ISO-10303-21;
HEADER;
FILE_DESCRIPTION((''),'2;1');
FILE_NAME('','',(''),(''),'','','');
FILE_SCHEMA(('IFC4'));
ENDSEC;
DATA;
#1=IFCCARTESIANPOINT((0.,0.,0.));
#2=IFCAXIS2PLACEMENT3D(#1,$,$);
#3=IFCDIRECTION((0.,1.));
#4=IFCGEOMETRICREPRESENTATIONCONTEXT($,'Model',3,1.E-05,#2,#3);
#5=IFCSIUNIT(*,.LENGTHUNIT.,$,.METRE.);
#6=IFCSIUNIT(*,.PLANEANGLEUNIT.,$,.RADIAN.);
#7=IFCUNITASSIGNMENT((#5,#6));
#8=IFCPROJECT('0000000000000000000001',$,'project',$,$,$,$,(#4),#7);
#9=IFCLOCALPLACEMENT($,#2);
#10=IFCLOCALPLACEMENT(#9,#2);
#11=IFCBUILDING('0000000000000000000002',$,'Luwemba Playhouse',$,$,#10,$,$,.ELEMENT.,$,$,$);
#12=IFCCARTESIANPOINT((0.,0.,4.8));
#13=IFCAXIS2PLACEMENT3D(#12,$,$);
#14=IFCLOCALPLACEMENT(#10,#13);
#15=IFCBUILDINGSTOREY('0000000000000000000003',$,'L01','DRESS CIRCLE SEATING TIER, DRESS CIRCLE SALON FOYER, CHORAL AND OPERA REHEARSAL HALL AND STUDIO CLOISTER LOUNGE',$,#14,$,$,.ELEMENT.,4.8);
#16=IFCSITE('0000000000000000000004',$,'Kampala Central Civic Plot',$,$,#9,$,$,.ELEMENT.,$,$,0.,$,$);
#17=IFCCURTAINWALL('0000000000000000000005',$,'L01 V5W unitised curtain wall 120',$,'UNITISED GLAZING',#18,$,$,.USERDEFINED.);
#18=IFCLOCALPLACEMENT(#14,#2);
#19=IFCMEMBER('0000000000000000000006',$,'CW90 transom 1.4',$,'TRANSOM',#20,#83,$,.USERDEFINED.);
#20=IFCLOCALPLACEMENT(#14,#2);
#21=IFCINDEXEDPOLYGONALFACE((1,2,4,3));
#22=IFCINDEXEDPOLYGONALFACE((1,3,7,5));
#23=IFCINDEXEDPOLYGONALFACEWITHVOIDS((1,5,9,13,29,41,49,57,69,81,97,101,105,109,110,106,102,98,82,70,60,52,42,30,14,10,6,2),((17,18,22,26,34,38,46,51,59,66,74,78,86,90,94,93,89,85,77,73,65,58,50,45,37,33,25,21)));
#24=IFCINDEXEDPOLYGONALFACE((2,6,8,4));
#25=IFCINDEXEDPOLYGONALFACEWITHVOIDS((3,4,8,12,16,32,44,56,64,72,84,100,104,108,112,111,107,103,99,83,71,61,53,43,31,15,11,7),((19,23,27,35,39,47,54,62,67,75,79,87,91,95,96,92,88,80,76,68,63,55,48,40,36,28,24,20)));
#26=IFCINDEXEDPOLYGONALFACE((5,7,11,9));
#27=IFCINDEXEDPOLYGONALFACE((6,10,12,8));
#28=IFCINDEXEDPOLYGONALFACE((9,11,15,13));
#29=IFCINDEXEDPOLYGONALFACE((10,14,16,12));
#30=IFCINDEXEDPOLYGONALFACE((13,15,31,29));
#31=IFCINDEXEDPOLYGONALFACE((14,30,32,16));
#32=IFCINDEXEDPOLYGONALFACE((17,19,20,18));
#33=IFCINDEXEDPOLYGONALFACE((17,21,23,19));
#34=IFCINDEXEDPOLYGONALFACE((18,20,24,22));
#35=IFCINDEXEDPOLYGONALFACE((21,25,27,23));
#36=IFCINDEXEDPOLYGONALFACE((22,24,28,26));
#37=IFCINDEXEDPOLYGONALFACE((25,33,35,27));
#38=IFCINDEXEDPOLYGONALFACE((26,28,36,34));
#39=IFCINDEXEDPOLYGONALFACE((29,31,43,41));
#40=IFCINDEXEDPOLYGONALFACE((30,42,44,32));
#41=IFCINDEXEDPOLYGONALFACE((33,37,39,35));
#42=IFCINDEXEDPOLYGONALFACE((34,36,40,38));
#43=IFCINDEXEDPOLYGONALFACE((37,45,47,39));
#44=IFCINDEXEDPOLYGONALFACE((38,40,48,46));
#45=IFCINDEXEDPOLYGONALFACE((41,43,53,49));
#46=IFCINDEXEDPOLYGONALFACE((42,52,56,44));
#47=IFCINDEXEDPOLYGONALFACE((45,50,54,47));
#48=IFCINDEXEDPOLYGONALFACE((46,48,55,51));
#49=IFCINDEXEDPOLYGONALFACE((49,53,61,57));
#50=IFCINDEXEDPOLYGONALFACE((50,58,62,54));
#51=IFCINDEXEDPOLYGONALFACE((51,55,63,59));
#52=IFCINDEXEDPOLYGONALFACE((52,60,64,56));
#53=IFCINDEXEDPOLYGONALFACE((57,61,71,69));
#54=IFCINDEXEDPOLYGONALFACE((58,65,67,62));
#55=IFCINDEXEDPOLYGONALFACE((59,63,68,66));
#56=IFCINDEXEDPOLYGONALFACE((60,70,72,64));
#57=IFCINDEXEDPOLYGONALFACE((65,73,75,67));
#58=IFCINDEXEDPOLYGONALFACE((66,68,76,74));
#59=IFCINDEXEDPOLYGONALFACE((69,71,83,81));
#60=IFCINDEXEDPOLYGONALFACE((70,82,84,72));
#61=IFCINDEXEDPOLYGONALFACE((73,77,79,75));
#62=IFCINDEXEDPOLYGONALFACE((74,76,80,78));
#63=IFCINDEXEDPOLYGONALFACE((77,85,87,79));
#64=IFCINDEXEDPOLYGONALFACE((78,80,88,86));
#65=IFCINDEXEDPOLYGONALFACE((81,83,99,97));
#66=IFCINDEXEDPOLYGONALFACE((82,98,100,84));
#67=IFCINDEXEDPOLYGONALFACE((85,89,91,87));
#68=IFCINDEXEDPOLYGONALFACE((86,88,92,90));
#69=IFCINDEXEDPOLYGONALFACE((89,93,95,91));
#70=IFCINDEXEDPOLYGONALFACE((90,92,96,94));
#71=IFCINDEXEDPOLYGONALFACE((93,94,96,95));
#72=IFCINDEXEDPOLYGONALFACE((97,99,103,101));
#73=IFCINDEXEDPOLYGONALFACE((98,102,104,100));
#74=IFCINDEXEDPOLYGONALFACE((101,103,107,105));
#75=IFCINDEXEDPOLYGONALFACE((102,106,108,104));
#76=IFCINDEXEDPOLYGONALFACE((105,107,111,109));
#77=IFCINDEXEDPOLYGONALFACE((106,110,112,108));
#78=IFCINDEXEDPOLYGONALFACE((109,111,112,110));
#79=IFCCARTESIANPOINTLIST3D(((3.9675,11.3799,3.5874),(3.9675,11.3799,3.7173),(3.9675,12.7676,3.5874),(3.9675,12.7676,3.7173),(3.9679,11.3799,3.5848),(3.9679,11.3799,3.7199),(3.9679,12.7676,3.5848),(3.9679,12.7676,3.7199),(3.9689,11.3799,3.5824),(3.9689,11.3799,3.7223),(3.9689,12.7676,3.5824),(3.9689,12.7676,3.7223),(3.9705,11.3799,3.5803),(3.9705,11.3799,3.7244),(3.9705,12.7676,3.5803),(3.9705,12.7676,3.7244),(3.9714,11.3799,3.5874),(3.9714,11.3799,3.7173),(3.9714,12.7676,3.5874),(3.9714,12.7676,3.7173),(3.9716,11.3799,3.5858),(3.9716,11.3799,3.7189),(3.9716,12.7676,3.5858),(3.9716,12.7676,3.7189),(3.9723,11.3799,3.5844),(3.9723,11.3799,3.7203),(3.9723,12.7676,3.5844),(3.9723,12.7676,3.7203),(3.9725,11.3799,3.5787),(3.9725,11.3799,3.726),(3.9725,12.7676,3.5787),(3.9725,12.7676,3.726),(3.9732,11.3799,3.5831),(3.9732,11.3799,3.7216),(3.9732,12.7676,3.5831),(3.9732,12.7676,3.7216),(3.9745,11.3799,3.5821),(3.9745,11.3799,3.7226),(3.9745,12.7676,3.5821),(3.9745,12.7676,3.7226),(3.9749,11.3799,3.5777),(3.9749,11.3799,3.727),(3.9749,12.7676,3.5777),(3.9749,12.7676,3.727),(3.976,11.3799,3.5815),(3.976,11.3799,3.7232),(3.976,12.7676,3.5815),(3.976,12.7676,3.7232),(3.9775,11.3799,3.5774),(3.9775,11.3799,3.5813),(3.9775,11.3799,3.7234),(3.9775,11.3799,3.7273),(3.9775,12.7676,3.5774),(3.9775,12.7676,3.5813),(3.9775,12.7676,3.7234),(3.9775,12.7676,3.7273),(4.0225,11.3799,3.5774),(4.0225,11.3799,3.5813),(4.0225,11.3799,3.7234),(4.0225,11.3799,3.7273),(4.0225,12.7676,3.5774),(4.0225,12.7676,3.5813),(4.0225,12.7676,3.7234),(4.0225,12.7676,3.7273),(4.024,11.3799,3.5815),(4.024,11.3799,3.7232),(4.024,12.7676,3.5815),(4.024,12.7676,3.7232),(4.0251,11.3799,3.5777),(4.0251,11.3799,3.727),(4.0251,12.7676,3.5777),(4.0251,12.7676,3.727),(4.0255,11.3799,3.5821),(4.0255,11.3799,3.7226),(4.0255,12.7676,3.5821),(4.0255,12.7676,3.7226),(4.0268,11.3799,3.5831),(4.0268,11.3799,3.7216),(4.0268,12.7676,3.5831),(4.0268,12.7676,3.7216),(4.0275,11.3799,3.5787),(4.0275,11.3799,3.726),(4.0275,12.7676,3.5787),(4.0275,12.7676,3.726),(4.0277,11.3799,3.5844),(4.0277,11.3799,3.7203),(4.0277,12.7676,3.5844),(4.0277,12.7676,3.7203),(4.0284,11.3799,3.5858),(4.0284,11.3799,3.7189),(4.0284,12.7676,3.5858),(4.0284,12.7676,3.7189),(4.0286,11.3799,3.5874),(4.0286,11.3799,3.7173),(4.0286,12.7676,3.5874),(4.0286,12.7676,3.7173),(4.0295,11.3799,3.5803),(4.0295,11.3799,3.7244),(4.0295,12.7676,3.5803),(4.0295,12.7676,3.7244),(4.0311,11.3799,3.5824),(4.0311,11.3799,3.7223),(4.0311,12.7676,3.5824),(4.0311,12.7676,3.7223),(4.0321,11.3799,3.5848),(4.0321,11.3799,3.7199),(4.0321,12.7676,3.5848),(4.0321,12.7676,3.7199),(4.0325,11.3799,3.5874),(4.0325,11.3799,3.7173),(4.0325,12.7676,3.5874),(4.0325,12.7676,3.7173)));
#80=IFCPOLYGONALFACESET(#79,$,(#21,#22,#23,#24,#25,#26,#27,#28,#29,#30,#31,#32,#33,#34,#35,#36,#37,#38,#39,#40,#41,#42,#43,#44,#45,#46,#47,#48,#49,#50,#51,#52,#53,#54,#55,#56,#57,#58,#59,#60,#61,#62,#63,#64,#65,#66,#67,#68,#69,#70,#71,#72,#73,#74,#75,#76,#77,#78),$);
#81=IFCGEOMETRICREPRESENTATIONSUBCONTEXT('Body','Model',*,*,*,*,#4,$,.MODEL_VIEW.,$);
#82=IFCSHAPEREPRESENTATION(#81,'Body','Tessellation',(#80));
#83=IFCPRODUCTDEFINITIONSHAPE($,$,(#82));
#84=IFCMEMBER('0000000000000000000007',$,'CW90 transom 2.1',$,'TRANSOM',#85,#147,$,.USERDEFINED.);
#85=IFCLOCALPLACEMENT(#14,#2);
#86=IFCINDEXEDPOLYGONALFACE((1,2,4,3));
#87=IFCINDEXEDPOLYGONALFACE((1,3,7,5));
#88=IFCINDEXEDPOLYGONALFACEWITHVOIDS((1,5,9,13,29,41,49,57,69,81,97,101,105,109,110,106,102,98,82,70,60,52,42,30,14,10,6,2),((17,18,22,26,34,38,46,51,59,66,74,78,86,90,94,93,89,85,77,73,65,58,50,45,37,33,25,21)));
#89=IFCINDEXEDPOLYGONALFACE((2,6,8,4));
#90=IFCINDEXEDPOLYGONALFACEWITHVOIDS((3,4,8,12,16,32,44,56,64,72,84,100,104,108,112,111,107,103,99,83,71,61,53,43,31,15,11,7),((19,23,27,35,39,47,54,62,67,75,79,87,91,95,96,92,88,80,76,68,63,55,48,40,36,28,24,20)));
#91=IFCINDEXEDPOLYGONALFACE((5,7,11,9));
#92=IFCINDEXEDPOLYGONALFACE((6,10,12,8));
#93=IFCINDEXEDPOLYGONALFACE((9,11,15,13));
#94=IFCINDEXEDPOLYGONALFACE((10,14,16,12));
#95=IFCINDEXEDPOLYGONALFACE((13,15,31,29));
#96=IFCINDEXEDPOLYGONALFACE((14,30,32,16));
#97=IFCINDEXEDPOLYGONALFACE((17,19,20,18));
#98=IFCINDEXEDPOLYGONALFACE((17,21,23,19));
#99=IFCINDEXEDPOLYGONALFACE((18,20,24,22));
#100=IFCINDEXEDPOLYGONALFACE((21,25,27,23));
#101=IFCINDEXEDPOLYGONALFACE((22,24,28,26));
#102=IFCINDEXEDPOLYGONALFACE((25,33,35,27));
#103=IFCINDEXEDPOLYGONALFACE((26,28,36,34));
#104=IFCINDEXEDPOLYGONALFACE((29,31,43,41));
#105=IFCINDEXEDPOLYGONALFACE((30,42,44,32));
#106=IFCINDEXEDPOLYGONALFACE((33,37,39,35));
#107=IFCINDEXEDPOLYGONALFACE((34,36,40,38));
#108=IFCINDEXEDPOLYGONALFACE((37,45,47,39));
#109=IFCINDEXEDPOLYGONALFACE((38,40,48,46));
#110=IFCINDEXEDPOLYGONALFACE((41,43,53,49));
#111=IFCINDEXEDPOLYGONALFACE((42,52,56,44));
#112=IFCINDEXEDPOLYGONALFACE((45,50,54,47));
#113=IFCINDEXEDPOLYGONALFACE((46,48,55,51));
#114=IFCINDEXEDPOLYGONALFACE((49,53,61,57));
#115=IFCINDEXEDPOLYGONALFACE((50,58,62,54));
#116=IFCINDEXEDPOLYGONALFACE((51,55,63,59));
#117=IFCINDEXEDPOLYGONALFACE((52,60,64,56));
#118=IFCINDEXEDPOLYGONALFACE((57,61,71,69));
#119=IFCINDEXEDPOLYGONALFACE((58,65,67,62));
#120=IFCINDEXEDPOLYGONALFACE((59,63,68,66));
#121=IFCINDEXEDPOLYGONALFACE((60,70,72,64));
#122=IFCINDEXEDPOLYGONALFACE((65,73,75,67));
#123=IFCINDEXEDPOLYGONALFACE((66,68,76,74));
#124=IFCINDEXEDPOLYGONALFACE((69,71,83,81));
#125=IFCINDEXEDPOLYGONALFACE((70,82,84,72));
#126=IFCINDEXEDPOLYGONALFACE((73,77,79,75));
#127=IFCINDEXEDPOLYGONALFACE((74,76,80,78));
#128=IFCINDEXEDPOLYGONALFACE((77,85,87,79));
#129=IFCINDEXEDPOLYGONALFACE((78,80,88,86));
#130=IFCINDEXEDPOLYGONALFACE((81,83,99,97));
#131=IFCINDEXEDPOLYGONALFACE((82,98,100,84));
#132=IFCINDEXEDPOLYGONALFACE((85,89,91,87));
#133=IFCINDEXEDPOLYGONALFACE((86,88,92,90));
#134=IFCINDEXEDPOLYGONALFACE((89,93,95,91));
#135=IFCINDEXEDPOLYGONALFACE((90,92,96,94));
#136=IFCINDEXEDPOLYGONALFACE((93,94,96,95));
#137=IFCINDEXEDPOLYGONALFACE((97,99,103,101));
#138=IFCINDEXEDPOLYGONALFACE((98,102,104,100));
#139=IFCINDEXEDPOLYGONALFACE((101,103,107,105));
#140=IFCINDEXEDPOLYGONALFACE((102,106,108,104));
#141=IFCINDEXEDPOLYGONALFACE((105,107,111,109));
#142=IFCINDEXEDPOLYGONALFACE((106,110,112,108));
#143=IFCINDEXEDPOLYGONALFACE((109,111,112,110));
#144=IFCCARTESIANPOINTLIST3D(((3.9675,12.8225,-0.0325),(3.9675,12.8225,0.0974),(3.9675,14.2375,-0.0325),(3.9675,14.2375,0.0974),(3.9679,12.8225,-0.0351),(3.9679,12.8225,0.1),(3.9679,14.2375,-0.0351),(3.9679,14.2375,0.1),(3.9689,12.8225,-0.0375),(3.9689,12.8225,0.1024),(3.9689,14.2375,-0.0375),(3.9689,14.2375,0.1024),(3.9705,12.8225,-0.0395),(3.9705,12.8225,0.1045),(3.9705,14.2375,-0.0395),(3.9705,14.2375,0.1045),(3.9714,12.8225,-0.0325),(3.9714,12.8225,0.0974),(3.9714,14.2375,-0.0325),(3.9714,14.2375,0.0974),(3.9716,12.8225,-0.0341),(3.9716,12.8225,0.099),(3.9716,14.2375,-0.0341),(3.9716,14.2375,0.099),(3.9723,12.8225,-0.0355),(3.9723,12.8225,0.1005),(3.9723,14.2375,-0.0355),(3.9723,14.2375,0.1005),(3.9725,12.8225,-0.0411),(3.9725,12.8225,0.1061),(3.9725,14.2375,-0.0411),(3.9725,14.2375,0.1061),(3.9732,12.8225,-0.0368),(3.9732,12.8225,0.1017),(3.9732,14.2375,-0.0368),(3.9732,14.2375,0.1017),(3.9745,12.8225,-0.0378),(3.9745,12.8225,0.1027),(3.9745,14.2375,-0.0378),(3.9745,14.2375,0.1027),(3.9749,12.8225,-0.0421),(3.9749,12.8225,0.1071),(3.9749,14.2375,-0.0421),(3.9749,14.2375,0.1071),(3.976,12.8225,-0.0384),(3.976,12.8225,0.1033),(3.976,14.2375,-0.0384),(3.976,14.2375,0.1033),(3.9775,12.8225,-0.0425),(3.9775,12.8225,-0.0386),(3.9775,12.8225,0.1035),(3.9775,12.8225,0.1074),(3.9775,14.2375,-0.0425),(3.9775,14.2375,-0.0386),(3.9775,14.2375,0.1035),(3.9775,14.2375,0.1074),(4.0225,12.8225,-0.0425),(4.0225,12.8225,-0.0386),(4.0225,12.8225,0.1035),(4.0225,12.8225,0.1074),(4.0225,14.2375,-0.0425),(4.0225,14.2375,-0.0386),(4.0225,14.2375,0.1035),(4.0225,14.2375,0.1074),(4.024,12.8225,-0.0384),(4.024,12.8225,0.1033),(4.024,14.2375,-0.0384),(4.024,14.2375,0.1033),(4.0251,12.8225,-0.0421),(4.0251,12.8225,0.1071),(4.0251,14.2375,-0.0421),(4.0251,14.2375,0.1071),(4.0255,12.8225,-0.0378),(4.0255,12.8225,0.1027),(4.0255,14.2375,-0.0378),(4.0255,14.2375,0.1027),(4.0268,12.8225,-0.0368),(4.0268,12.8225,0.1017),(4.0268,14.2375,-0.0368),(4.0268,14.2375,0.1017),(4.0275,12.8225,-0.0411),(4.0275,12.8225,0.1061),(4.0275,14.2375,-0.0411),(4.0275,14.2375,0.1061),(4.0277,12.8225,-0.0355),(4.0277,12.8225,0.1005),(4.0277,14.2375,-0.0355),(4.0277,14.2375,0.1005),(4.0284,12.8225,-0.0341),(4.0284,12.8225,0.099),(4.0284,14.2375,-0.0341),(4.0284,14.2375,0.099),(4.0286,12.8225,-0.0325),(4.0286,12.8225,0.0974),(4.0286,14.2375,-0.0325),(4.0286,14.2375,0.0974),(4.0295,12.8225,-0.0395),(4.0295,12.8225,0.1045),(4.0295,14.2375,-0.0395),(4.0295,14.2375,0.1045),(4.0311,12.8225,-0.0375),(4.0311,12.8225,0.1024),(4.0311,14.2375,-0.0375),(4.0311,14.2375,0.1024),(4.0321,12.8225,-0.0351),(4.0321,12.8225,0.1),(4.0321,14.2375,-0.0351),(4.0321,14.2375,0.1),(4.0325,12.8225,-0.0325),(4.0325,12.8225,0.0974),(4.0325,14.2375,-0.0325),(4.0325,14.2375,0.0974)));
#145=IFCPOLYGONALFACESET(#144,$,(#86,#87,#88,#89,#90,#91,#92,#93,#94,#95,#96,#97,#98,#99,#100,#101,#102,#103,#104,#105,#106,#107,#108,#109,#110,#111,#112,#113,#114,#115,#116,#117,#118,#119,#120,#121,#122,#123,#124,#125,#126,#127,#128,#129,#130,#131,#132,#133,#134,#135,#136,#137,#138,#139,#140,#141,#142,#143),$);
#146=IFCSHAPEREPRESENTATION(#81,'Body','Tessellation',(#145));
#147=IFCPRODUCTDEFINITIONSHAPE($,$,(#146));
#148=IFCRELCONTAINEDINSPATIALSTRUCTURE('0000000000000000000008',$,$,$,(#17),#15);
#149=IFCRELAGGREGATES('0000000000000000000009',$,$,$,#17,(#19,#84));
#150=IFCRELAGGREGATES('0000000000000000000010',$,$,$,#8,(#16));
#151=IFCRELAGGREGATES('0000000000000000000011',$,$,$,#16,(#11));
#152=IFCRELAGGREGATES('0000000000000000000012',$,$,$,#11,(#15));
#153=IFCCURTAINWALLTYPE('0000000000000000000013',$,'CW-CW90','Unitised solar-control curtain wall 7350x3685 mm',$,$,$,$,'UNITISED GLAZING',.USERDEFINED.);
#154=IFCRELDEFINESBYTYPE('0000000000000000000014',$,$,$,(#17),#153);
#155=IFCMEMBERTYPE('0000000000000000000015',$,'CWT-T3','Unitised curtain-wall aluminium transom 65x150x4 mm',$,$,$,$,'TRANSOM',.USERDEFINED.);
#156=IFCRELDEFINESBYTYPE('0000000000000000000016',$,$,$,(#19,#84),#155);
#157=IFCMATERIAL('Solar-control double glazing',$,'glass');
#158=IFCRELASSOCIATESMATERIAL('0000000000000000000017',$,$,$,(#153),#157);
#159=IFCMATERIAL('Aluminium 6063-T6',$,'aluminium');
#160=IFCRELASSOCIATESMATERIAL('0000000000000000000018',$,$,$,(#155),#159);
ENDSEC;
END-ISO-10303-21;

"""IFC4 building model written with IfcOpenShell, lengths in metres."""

from ifc_helpers import new_model, si_unit, direction, frame, origin, origin_2d, place, context, subcontext, project, spatial, hollow_rectangle, extrude, material, material_profile, profile_set, type_object, element, aggregate, save


model = new_model("IFC4")

# Units and contexts
model_context = context("Model", 3, precision=1e-05, world=origin(), true_north=direction((0.0, 1.0)))
body_context = subcontext(model_context, "Body", "Model", "MODEL_VIEW")
ifc_project = project(units=[si_unit("LENGTHUNIT", "METRE"), si_unit("PLANEANGLEUNIT", "RADIAN")], contexts=[model_context])

# Site, building, storey
site_placement = place(None, origin())
site = spatial("IfcSite", under=ifc_project, at=site_placement, Name="Kampala Central Civic Plot", CompositionType="ELEMENT", RefElevation=0.0)
building_placement = place(site_placement, origin())
building = spatial("IfcBuilding", under=site, at=building_placement, Name="Luwemba Playhouse", CompositionType="ELEMENT")
storey_placement = place(building_placement, frame((0.0, 0.0, 4.8)))
storey = spatial("IfcBuildingStorey", under=building, at=storey_placement, Name="L01", Description="DRESS CIRCLE SEATING TIER, DRESS CIRCLE SALON FOYER, CHORAL AND OPERA REHEARSAL HALL AND STUDIO CLOISTER LOUNGE", CompositionType="ELEMENT", Elevation=4.8)

# Curtain wall, members
ifc_material_1 = material(Name="Solar-control double glazing", Category="glass")
curtain_wall_type = type_object("IfcCurtainWallType", Name="CW-CW90", Description="Unitised solar-control curtain wall 7350x3685 mm", ElementType="UNITISED GLAZING", PredefinedType="USERDEFINED", material=ifc_material_1)
curtain_wall_placement = place(storey_placement, origin())
curtain_wall = element("IfcCurtainWall", 1, at=curtain_wall_placement, inside=storey, type_object=curtain_wall_type, Name="L01 V5W unitised curtain wall 120", ObjectType="UNITISED GLAZING", PredefinedType="USERDEFINED")
ifc_material_2 = material(Name="Aluminium 6063-T6", Category="aluminium")
ifc_material_profile_1 = material_profile(ifc_material_2, hollow_rectangle(XDim=0.0649, YDim=0.1499, WallThickness=0.0039, InnerFilletRadius=0.0061, OuterFilletRadius=0.01, at=origin_2d()))
ifc_profile_set_1 = profile_set([ifc_material_profile_1], Name="Aluminium 6063-T6")
member_type_1 = type_object("IfcMemberType", Name="CWT-T3", Description="Unitised curtain-wall aluminium transom 65x150x4 mm", ElementType="TRANSOM", PredefinedType="USERDEFINED", material=ifc_profile_set_1)
member_1_placement = place(storey_placement, frame((4.0, 11.3799, 3.6523), z_axis=(0.0, 1.0, 0.0), x_axis=(-1.0, 0.0, 0.0)))
member_1 = element("IfcMember", 2, at=member_1_placement, type_object=member_type_1, Name="CW90 transom 1.4", ObjectType="TRANSOM", PredefinedType="USERDEFINED", context=body_context, shape_type="SweptSolid", body=[
    extrude(hollow_rectangle(XDim=0.0649, YDim=0.1499, WallThickness=0.0039, InnerFilletRadius=0.0061, OuterFilletRadius=0.01, at=origin_2d()), origin(), (0.0, 0.0, 1.0), 1.3877),
])
member_2_placement = place(storey_placement, frame((4.0, 12.8225, 0.0325), z_axis=(0.0, 1.0, 0.0), x_axis=(-1.0, 0.0, 0.0)))
member_2 = element("IfcMember", 3, at=member_2_placement, type_object=member_type_1, Name="CW90 transom 2.1", ObjectType="TRANSOM", PredefinedType="USERDEFINED", context=body_context, shape_type="SweptSolid", body=[
    extrude(hollow_rectangle(XDim=0.0649, YDim=0.1499, WallThickness=0.0039, InnerFilletRadius=0.0061, OuterFilletRadius=0.01, at=origin_2d()), origin(), (0.0, 0.0, 1.0), 1.415),
])
aggregate(curtain_wall, [member_1, member_2])

save(model, "model.ifc")
